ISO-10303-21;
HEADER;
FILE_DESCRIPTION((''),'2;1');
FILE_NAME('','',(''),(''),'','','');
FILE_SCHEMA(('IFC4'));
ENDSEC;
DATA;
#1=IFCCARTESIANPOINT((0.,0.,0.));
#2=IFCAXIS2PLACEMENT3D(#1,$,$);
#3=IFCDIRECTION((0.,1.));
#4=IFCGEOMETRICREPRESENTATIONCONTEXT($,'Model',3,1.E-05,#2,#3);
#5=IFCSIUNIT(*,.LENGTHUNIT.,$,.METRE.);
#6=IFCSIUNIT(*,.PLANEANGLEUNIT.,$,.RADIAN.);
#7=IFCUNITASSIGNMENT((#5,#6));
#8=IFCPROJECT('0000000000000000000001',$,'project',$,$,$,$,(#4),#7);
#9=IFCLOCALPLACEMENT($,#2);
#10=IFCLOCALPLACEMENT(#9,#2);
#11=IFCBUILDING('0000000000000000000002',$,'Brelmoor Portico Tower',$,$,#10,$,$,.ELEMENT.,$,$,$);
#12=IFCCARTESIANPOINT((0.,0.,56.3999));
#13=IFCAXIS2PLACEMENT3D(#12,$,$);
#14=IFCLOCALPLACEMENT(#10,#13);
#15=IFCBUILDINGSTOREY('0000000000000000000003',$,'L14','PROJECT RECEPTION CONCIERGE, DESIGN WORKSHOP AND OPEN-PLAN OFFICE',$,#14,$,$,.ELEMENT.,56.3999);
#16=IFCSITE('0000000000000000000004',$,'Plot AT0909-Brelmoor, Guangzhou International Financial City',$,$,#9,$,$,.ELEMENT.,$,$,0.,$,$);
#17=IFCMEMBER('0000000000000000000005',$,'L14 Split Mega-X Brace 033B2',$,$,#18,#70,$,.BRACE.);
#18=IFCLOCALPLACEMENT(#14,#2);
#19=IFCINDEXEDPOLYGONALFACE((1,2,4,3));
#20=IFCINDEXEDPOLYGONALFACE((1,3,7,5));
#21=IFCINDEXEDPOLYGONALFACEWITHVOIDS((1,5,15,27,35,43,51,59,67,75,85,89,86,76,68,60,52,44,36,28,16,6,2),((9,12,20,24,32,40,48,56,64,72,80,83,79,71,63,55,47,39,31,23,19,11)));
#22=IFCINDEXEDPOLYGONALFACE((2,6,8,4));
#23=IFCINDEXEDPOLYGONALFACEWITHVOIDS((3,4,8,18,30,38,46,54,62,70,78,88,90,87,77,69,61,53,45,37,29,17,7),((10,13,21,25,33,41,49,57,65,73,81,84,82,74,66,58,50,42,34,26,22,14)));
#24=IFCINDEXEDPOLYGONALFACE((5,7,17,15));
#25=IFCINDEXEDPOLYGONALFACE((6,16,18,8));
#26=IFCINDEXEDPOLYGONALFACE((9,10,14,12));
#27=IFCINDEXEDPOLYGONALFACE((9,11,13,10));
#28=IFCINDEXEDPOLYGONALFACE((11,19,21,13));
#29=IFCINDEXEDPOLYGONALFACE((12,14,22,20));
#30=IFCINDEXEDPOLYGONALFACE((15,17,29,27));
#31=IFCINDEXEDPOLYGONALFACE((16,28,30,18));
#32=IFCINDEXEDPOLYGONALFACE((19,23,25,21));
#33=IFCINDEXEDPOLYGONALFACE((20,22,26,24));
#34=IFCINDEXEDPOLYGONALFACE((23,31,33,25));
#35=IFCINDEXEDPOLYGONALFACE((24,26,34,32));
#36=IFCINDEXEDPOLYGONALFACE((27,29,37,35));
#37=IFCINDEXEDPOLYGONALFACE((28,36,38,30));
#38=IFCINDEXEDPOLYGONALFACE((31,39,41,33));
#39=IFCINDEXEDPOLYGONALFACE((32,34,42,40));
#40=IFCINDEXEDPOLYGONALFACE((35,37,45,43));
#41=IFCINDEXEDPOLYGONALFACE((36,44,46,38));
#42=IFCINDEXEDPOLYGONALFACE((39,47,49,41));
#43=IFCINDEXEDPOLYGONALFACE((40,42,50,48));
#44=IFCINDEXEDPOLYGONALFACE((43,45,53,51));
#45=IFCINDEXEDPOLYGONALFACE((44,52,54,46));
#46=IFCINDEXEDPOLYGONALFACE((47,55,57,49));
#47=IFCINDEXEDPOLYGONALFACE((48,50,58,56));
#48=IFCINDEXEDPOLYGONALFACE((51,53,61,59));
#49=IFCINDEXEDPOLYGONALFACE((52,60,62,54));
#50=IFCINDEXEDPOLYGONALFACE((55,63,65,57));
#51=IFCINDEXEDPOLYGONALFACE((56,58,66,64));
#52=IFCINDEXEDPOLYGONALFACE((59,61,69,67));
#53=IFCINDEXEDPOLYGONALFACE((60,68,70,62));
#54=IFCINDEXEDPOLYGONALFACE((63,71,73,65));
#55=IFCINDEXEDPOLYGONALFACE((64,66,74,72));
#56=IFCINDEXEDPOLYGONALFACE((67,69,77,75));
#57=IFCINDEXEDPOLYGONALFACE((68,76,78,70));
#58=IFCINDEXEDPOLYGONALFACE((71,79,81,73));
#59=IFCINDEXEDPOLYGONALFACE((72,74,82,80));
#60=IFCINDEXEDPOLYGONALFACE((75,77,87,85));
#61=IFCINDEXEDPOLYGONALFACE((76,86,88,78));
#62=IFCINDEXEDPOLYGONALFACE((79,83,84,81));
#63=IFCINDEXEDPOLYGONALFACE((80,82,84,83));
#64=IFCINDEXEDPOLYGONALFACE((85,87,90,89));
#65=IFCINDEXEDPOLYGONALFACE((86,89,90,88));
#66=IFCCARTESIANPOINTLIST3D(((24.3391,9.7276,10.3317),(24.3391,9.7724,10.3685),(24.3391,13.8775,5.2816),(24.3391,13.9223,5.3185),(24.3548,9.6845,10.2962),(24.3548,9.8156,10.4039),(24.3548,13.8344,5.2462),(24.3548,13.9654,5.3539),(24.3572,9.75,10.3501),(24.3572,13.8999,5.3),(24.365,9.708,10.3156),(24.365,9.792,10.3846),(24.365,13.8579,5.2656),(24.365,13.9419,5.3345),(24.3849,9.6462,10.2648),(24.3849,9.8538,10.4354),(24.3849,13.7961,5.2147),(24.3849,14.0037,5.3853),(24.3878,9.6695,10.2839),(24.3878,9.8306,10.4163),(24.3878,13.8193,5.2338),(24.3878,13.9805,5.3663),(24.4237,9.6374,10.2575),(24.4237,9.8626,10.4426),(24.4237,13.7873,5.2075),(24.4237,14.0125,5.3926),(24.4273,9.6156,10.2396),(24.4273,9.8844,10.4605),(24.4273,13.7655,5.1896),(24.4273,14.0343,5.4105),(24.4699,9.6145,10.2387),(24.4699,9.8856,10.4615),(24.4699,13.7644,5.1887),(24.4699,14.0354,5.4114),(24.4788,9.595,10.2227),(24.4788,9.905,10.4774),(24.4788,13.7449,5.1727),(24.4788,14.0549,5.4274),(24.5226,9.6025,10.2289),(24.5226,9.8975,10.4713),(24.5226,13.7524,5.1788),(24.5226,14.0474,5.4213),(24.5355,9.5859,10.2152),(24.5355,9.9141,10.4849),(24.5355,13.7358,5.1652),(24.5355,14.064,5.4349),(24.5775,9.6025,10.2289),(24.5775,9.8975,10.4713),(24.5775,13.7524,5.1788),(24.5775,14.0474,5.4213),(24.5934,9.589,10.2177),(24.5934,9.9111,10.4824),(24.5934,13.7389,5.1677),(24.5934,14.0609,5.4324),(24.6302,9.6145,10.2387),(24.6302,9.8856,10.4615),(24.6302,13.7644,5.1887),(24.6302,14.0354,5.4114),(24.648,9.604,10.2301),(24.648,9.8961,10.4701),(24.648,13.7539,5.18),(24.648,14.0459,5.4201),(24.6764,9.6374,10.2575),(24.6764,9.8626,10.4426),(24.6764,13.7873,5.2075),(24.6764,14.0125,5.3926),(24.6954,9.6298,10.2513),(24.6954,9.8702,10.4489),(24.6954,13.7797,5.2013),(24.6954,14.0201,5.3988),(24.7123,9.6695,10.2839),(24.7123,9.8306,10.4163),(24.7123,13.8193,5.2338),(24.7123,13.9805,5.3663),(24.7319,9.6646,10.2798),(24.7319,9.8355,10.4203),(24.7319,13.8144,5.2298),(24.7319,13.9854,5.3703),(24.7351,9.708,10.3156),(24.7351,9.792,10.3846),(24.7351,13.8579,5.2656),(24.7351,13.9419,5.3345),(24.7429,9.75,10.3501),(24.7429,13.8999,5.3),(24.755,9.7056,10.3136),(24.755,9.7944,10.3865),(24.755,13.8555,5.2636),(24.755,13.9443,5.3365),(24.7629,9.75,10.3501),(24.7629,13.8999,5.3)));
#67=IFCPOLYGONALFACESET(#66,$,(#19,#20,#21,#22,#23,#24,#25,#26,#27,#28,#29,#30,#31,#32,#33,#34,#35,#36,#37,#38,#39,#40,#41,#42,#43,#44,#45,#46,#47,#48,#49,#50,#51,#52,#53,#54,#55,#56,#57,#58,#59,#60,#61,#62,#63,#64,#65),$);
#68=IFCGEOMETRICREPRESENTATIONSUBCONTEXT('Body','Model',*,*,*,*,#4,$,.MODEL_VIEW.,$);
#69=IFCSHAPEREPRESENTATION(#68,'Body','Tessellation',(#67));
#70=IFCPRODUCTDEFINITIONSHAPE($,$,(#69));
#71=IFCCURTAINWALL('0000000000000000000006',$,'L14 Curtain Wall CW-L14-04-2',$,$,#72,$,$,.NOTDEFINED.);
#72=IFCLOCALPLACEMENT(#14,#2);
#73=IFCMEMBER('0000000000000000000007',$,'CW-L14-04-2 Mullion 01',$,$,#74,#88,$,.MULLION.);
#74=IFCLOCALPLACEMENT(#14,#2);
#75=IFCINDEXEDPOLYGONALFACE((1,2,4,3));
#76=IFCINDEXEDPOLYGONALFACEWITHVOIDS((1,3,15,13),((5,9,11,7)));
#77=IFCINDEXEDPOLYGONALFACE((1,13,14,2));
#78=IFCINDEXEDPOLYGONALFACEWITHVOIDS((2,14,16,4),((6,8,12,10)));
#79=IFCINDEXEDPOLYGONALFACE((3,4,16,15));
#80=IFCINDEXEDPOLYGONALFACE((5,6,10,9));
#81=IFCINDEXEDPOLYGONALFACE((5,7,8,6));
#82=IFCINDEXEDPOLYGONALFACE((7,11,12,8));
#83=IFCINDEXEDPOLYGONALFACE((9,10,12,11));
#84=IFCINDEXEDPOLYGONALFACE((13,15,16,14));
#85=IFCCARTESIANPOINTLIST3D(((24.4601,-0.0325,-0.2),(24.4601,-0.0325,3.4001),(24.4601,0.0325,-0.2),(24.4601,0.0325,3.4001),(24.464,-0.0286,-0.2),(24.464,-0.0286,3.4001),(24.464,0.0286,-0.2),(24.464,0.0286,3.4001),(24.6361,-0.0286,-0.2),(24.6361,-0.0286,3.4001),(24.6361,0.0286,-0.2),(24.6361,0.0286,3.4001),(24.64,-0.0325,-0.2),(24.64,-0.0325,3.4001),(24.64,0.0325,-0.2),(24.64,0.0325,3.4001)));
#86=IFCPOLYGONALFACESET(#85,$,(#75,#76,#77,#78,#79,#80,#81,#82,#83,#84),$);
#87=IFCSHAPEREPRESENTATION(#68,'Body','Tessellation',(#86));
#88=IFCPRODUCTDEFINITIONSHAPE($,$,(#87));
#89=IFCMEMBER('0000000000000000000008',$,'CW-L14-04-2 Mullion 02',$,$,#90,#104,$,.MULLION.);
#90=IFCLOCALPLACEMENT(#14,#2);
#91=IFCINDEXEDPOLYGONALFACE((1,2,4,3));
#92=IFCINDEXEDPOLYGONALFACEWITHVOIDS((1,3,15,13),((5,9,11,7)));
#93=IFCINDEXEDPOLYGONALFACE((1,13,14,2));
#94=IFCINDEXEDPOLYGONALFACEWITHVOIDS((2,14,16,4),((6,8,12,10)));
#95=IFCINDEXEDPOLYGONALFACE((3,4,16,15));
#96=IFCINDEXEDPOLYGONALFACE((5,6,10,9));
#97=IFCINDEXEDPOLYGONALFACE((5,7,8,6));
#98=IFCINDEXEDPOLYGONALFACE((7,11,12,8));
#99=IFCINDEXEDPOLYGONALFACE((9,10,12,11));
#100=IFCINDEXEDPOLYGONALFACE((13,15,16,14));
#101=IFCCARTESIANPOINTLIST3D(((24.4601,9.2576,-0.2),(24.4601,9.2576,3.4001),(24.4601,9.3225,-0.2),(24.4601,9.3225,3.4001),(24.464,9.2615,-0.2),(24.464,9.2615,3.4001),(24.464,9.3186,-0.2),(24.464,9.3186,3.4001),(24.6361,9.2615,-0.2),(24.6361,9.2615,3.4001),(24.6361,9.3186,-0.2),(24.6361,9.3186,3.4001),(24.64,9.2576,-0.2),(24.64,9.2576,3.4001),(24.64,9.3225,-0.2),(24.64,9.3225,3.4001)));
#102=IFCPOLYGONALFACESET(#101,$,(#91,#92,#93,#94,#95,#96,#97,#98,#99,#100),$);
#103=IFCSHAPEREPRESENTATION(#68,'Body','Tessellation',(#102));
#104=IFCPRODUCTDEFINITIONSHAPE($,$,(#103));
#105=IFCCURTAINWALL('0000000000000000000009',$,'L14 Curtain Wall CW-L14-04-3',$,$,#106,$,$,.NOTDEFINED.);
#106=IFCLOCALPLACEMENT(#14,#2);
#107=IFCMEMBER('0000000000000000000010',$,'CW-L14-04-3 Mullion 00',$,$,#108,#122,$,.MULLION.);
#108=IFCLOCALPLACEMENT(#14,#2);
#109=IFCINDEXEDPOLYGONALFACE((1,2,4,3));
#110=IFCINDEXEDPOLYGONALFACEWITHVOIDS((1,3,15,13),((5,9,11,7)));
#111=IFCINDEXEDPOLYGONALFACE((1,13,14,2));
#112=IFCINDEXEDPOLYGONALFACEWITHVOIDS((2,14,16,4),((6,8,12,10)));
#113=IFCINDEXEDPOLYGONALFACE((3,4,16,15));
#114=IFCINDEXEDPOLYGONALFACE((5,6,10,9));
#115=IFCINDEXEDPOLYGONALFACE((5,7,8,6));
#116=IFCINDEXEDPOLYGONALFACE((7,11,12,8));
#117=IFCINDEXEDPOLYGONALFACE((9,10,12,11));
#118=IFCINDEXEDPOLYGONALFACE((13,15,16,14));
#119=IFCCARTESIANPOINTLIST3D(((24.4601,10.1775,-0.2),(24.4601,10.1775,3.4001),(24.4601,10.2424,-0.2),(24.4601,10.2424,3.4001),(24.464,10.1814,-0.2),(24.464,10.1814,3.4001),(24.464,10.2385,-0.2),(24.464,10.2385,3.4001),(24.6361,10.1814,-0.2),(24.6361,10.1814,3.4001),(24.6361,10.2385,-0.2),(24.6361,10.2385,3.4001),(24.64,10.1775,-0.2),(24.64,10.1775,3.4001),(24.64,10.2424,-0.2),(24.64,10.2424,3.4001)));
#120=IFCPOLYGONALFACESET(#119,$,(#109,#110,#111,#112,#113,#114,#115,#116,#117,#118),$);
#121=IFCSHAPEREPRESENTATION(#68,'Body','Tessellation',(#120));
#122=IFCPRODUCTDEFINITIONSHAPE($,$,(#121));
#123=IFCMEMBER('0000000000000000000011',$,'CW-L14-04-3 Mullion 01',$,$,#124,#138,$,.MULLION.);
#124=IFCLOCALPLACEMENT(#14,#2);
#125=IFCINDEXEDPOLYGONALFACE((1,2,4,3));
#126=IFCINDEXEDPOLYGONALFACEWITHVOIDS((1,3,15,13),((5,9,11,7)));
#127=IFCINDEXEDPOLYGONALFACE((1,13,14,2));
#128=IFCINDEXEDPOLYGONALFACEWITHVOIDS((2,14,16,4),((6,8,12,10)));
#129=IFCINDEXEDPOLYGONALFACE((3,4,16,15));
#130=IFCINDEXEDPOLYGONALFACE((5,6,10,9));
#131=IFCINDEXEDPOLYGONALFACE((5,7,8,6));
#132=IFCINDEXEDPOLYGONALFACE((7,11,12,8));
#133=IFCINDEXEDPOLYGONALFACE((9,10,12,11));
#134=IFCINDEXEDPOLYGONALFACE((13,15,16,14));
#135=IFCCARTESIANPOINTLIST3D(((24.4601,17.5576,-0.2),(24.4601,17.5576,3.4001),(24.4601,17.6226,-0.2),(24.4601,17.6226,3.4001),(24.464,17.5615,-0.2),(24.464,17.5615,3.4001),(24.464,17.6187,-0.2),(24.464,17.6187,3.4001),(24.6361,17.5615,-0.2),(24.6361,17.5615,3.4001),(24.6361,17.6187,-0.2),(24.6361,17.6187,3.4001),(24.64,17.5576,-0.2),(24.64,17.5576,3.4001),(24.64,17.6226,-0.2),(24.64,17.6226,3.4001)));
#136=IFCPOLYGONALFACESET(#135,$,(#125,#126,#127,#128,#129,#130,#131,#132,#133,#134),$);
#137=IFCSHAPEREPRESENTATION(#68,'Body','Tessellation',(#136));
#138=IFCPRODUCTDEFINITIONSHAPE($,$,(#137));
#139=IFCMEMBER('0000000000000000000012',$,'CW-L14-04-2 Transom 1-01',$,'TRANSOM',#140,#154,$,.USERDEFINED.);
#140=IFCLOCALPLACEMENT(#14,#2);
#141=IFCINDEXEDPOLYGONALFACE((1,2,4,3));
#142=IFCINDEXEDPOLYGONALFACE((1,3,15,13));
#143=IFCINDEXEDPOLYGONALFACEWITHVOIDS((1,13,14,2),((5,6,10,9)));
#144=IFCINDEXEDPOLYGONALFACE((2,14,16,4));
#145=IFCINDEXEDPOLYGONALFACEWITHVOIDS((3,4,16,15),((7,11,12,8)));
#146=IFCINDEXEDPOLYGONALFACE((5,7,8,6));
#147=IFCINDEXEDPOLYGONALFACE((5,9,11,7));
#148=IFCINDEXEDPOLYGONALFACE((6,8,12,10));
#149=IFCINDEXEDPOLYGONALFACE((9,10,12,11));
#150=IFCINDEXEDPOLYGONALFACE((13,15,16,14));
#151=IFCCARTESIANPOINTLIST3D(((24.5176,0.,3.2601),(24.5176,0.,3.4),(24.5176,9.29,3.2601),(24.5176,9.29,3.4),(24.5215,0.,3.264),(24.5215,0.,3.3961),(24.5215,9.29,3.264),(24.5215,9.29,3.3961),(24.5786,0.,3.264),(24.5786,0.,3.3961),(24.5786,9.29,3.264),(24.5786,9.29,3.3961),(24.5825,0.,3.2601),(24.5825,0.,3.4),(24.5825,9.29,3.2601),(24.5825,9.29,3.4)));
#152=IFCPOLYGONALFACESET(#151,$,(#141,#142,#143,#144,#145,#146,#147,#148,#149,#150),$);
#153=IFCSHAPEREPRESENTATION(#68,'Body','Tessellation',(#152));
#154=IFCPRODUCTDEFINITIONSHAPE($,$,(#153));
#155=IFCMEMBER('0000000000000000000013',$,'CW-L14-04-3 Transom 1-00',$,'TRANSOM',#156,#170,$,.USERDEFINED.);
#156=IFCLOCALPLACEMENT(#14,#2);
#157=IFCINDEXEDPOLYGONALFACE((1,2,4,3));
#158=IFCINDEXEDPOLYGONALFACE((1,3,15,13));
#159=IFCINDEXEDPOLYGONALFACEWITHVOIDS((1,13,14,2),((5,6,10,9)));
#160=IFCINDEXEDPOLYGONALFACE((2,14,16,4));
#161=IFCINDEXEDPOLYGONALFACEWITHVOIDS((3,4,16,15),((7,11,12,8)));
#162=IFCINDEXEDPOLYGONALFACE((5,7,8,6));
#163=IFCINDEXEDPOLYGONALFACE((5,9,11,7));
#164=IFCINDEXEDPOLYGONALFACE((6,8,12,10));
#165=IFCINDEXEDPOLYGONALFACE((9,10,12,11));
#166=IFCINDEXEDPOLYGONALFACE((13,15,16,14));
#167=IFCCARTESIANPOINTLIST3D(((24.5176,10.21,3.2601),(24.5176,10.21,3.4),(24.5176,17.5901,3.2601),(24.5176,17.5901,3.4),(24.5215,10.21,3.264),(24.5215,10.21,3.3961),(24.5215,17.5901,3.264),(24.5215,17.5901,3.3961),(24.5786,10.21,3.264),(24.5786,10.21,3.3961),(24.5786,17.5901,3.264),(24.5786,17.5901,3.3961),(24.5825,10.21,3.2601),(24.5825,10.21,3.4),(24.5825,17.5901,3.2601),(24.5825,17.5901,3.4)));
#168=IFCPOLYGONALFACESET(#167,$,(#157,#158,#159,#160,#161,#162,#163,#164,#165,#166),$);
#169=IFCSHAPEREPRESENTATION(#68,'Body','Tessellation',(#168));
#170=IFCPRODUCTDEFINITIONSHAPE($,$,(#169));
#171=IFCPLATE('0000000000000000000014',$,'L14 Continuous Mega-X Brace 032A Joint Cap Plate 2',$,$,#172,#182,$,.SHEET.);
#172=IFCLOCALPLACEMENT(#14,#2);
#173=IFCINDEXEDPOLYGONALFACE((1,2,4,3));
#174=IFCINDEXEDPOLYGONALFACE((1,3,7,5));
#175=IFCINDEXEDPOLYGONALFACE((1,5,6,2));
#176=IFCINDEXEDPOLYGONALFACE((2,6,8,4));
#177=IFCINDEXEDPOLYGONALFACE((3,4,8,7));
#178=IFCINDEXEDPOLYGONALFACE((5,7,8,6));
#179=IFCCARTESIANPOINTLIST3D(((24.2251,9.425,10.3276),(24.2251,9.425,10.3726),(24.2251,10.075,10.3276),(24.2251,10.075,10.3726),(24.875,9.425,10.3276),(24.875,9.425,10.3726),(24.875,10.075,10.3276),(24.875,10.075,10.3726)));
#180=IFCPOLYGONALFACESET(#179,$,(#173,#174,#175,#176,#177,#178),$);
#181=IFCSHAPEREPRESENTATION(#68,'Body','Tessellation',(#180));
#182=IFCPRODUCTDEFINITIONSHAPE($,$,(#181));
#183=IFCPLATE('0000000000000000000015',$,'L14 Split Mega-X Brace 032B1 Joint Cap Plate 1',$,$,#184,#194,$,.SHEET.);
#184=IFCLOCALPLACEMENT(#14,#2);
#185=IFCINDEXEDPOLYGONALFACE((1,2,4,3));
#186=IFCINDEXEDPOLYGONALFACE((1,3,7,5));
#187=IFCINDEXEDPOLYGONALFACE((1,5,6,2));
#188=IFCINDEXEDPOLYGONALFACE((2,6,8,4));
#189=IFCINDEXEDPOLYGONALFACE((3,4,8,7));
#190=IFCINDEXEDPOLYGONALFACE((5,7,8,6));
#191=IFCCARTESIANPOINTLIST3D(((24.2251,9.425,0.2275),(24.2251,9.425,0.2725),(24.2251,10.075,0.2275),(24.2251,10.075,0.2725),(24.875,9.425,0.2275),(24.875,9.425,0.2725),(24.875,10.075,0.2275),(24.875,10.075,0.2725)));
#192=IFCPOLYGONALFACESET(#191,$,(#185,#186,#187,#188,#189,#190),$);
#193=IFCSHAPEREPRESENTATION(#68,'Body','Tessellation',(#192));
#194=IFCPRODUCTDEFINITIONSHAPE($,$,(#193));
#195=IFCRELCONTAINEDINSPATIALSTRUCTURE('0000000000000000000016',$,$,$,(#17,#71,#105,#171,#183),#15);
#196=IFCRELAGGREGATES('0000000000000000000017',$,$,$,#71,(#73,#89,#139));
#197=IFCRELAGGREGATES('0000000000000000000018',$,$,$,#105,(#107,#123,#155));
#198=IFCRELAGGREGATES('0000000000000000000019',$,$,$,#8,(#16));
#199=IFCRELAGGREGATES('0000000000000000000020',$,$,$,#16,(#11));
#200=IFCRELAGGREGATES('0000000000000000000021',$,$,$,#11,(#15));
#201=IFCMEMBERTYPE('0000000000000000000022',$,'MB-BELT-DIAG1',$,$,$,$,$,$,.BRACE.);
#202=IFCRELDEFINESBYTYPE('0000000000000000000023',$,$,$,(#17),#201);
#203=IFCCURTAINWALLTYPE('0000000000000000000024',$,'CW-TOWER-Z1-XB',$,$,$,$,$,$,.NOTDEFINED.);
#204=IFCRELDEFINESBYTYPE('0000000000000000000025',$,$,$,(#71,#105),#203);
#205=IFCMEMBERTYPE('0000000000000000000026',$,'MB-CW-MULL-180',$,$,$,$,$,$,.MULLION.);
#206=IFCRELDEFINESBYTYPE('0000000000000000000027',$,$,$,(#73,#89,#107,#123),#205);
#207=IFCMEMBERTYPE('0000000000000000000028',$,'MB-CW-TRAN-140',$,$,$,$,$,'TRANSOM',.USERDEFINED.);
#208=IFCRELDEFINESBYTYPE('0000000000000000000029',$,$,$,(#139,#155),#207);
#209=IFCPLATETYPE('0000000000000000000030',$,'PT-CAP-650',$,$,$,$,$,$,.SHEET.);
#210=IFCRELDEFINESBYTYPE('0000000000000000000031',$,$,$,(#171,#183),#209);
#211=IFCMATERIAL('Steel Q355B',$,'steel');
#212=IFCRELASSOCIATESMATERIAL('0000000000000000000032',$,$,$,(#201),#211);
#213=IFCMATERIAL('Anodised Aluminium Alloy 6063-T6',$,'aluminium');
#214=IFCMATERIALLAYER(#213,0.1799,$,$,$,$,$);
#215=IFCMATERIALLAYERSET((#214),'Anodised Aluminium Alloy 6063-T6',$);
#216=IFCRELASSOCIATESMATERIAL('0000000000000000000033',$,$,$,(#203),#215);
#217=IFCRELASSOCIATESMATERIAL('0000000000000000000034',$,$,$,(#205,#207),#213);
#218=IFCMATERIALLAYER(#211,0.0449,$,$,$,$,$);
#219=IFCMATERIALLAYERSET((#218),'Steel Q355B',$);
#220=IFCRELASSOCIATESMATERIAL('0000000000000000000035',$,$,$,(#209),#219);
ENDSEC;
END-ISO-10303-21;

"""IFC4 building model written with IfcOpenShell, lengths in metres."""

from ifc_helpers import new_model, si_unit, direction, frame, origin, origin_2d, place, context, subcontext, project, spatial, rectangle, hollow_rectangle, hollow_circle, extrude, material, layer, layer_set, material_profile, profile_set, type_object, element, aggregate, save


model = new_model("IFC4")

# Units and contexts
model_context = context("Model", 3, precision=1e-05, world=origin(), true_north=direction((0.0, 1.0)))
body_context = subcontext(model_context, "Body", "Model", "MODEL_VIEW")
ifc_project = project(units=[si_unit("LENGTHUNIT", "METRE"), si_unit("PLANEANGLEUNIT", "RADIAN")], contexts=[model_context])

# Site, building, storey
site_placement = place(None, origin())
site = spatial("IfcSite", under=ifc_project, at=site_placement, Name="Plot AT0909-Brelmoor, Guangzhou International Financial City", CompositionType="ELEMENT", RefElevation=0.0)
building_placement = place(site_placement, origin())
building = spatial("IfcBuilding", under=site, at=building_placement, Name="Brelmoor Portico Tower", CompositionType="ELEMENT")
storey_placement = place(building_placement, frame((0.0, 0.0, 56.3999)))
storey = spatial("IfcBuildingStorey", under=building, at=storey_placement, Name="L14", Description="PROJECT RECEPTION CONCIERGE, DESIGN WORKSHOP AND OPEN-PLAN OFFICE", CompositionType="ELEMENT", Elevation=56.3999)

# Shared definitions
ifc_material_1 = material(Name="Steel Q355B", Category="steel")

# Member
ifc_material_profile_1 = material_profile(ifc_material_1, hollow_circle(Radius=0.2129, WallThickness=0.02, at=origin_2d()), Name="CHS 426x20")
ifc_profile_set_1 = profile_set([ifc_material_profile_1], Name="Steel Q355B")
member_type_1 = type_object("IfcMemberType", Name="MB-BELT-DIAG1", PredefinedType="BRACE", material=ifc_profile_set_1)
member_1_placement = place(storey_placement, frame((24.55, 13.8999, 5.3), z_axis=(0.0, -0.63489, 0.772603), x_axis=(1.0, 0.0, 0.0)))
element("IfcMember", 1, at=member_1_placement, inside=storey, type_object=member_type_1, Name="L14 Split Mega-X Brace 033B2", PredefinedType="BRACE", context=body_context, shape_type="SweptSolid", body=[
    extrude(hollow_circle(Radius=0.2129, WallThickness=0.02, at=origin_2d()), origin(), (0.0, 0.0, 1.0), 6.5364),
])

# Curtain walls, members
ifc_material_2 = material(Name="Anodised Aluminium Alloy 6063-T6", Category="aluminium")
ifc_layer_1 = layer(ifc_material_2, 0.1799)
ifc_layer_set_1 = layer_set([ifc_layer_1], Name="Anodised Aluminium Alloy 6063-T6")
curtain_wall_type = type_object("IfcCurtainWallType", Name="CW-TOWER-Z1-XB", PredefinedType="NOTDEFINED", material=ifc_layer_set_1)
curtain_wall_1_placement = place(storey_placement, origin())
curtain_wall_1 = element("IfcCurtainWall", 2, at=curtain_wall_1_placement, inside=storey, type_object=curtain_wall_type, Name="L14 Curtain Wall CW-L14-04-2", PredefinedType="NOTDEFINED")
ifc_material_profile_2 = material_profile(ifc_material_2, hollow_rectangle(XDim=0.0649, YDim=0.1799, WallThickness=0.0039, at=origin_2d()), Name="ALU MULLION 65x180")
ifc_profile_set_2 = profile_set([ifc_material_profile_2], Name="Anodised Aluminium Alloy 6063-T6")
member_type_2 = type_object("IfcMemberType", Name="MB-CW-MULL-180", PredefinedType="MULLION", material=ifc_profile_set_2)
member_2_placement = place(storey_placement, frame((24.55, 0.0, -0.2), z_axis=(0.0, 0.0, 1.0), x_axis=(0.0, 1.0, 0.0)))
member_2 = element("IfcMember", 3, at=member_2_placement, type_object=member_type_2, Name="CW-L14-04-2 Mullion 01", PredefinedType="MULLION", context=body_context, shape_type="SweptSolid", body=[
    extrude(hollow_rectangle(XDim=0.0649, YDim=0.1799, WallThickness=0.0039, at=origin_2d()), origin(), (0.0, 0.0, 1.0), 3.6001),
])
member_3_placement = place(storey_placement, frame((24.55, 9.29, -0.2), z_axis=(0.0, 0.0, 1.0), x_axis=(0.0, 1.0, 0.0)))
member_3 = element("IfcMember", 4, at=member_3_placement, type_object=member_type_2, Name="CW-L14-04-2 Mullion 02", PredefinedType="MULLION", context=body_context, shape_type="SweptSolid", body=[
    extrude(hollow_rectangle(XDim=0.0649, YDim=0.1799, WallThickness=0.0039, at=origin_2d()), origin(), (0.0, 0.0, 1.0), 3.6001),
])
curtain_wall_2_placement = place(storey_placement, origin())
curtain_wall_2 = element("IfcCurtainWall", 5, at=curtain_wall_2_placement, inside=storey, type_object=curtain_wall_type, Name="L14 Curtain Wall CW-L14-04-3", PredefinedType="NOTDEFINED")
member_4_placement = place(storey_placement, frame((24.55, 10.21, -0.2), z_axis=(0.0, 0.0, 1.0), x_axis=(0.0, 1.0, 0.0)))
member_4 = element("IfcMember", 6, at=member_4_placement, type_object=member_type_2, Name="CW-L14-04-3 Mullion 00", PredefinedType="MULLION", context=body_context, shape_type="SweptSolid", body=[
    extrude(hollow_rectangle(XDim=0.0649, YDim=0.1799, WallThickness=0.0039, at=origin_2d()), origin(), (0.0, 0.0, 1.0), 3.6001),
])
member_5_placement = place(storey_placement, frame((24.55, 17.5901, -0.2), z_axis=(0.0, 0.0, 1.0), x_axis=(0.0, 1.0, 0.0)))
member_5 = element("IfcMember", 7, at=member_5_placement, type_object=member_type_2, Name="CW-L14-04-3 Mullion 01", PredefinedType="MULLION", context=body_context, shape_type="SweptSolid", body=[
    extrude(hollow_rectangle(XDim=0.0649, YDim=0.1799, WallThickness=0.0039, at=origin_2d()), origin(), (0.0, 0.0, 1.0), 3.6001),
])

# Members
ifc_material_profile_3 = material_profile(ifc_material_2, hollow_rectangle(XDim=0.0649, YDim=0.1399, WallThickness=0.0039, at=origin_2d()), Name="ALU TRANSOM 65x140")
ifc_profile_set_3 = profile_set([ifc_material_profile_3], Name="Anodised Aluminium Alloy 6063-T6")
member_type_3 = type_object("IfcMemberType", Name="MB-CW-TRAN-140", ElementType="TRANSOM", PredefinedType="USERDEFINED", material=ifc_profile_set_3)
member_6_placement = place(storey_placement, frame((24.55, 0.0, 3.3301), z_axis=(0.0, 1.0, 0.0), x_axis=(-1.0, 0.0, 0.0)))
member_6 = element("IfcMember", 8, at=member_6_placement, type_object=member_type_3, Name="CW-L14-04-2 Transom 1-01", ObjectType="TRANSOM", PredefinedType="USERDEFINED", context=body_context, shape_type="SweptSolid", body=[
    extrude(hollow_rectangle(XDim=0.0649, YDim=0.1399, WallThickness=0.0039, at=origin_2d()), origin(), (0.0, 0.0, 1.0), 9.29),
])
member_7_placement = place(storey_placement, frame((24.55, 10.21, 3.3301), z_axis=(0.0, 1.0, 0.0), x_axis=(-1.0, 0.0, 0.0)))
member_7 = element("IfcMember", 9, at=member_7_placement, type_object=member_type_3, Name="CW-L14-04-3 Transom 1-00", ObjectType="TRANSOM", PredefinedType="USERDEFINED", context=body_context, shape_type="SweptSolid", body=[
    extrude(hollow_rectangle(XDim=0.0649, YDim=0.1399, WallThickness=0.0039, at=origin_2d()), origin(), (0.0, 0.0, 1.0), 7.3801),
])

# Plates
ifc_layer_2 = layer(ifc_material_1, 0.0449)
ifc_layer_set_2 = layer_set([ifc_layer_2], Name="Steel Q355B")
plate_type_1 = type_object("IfcPlateType", Name="PT-CAP-650", PredefinedType="SHEET", material=ifc_layer_set_2)
for number, where, z_axis, x_axis, name in (
    (10, (24.55, 9.75, 10.3276), (0.0, 0.0, 1.0), (1.0, 0.0, 0.0), "L14 Continuous Mega-X Brace 032A Joint Cap Plate 2"),
    (11, (24.55, 9.75, 0.2275), (0.0, 0.0, 1.0), (1.0, 0.0, 0.0), "L14 Split Mega-X Brace 032B1 Joint Cap Plate 1"),
):
    element("IfcPlate", number, at=place(storey_placement, frame(where, z_axis=z_axis, x_axis=x_axis)), inside=storey, type_object=plate_type_1, Name=name, PredefinedType="SHEET", context=body_context, shape_type="SweptSolid", body=[
        extrude(rectangle(XDim=0.6499, YDim=0.6499, at=origin_2d()), origin(), (0.0, 0.0, 1.0), 0.0449),
    ])

aggregate(curtain_wall_1, [member_2, member_3, member_6])
aggregate(curtain_wall_2, [member_4, member_5, member_7])

save(model, "model.ifc")
